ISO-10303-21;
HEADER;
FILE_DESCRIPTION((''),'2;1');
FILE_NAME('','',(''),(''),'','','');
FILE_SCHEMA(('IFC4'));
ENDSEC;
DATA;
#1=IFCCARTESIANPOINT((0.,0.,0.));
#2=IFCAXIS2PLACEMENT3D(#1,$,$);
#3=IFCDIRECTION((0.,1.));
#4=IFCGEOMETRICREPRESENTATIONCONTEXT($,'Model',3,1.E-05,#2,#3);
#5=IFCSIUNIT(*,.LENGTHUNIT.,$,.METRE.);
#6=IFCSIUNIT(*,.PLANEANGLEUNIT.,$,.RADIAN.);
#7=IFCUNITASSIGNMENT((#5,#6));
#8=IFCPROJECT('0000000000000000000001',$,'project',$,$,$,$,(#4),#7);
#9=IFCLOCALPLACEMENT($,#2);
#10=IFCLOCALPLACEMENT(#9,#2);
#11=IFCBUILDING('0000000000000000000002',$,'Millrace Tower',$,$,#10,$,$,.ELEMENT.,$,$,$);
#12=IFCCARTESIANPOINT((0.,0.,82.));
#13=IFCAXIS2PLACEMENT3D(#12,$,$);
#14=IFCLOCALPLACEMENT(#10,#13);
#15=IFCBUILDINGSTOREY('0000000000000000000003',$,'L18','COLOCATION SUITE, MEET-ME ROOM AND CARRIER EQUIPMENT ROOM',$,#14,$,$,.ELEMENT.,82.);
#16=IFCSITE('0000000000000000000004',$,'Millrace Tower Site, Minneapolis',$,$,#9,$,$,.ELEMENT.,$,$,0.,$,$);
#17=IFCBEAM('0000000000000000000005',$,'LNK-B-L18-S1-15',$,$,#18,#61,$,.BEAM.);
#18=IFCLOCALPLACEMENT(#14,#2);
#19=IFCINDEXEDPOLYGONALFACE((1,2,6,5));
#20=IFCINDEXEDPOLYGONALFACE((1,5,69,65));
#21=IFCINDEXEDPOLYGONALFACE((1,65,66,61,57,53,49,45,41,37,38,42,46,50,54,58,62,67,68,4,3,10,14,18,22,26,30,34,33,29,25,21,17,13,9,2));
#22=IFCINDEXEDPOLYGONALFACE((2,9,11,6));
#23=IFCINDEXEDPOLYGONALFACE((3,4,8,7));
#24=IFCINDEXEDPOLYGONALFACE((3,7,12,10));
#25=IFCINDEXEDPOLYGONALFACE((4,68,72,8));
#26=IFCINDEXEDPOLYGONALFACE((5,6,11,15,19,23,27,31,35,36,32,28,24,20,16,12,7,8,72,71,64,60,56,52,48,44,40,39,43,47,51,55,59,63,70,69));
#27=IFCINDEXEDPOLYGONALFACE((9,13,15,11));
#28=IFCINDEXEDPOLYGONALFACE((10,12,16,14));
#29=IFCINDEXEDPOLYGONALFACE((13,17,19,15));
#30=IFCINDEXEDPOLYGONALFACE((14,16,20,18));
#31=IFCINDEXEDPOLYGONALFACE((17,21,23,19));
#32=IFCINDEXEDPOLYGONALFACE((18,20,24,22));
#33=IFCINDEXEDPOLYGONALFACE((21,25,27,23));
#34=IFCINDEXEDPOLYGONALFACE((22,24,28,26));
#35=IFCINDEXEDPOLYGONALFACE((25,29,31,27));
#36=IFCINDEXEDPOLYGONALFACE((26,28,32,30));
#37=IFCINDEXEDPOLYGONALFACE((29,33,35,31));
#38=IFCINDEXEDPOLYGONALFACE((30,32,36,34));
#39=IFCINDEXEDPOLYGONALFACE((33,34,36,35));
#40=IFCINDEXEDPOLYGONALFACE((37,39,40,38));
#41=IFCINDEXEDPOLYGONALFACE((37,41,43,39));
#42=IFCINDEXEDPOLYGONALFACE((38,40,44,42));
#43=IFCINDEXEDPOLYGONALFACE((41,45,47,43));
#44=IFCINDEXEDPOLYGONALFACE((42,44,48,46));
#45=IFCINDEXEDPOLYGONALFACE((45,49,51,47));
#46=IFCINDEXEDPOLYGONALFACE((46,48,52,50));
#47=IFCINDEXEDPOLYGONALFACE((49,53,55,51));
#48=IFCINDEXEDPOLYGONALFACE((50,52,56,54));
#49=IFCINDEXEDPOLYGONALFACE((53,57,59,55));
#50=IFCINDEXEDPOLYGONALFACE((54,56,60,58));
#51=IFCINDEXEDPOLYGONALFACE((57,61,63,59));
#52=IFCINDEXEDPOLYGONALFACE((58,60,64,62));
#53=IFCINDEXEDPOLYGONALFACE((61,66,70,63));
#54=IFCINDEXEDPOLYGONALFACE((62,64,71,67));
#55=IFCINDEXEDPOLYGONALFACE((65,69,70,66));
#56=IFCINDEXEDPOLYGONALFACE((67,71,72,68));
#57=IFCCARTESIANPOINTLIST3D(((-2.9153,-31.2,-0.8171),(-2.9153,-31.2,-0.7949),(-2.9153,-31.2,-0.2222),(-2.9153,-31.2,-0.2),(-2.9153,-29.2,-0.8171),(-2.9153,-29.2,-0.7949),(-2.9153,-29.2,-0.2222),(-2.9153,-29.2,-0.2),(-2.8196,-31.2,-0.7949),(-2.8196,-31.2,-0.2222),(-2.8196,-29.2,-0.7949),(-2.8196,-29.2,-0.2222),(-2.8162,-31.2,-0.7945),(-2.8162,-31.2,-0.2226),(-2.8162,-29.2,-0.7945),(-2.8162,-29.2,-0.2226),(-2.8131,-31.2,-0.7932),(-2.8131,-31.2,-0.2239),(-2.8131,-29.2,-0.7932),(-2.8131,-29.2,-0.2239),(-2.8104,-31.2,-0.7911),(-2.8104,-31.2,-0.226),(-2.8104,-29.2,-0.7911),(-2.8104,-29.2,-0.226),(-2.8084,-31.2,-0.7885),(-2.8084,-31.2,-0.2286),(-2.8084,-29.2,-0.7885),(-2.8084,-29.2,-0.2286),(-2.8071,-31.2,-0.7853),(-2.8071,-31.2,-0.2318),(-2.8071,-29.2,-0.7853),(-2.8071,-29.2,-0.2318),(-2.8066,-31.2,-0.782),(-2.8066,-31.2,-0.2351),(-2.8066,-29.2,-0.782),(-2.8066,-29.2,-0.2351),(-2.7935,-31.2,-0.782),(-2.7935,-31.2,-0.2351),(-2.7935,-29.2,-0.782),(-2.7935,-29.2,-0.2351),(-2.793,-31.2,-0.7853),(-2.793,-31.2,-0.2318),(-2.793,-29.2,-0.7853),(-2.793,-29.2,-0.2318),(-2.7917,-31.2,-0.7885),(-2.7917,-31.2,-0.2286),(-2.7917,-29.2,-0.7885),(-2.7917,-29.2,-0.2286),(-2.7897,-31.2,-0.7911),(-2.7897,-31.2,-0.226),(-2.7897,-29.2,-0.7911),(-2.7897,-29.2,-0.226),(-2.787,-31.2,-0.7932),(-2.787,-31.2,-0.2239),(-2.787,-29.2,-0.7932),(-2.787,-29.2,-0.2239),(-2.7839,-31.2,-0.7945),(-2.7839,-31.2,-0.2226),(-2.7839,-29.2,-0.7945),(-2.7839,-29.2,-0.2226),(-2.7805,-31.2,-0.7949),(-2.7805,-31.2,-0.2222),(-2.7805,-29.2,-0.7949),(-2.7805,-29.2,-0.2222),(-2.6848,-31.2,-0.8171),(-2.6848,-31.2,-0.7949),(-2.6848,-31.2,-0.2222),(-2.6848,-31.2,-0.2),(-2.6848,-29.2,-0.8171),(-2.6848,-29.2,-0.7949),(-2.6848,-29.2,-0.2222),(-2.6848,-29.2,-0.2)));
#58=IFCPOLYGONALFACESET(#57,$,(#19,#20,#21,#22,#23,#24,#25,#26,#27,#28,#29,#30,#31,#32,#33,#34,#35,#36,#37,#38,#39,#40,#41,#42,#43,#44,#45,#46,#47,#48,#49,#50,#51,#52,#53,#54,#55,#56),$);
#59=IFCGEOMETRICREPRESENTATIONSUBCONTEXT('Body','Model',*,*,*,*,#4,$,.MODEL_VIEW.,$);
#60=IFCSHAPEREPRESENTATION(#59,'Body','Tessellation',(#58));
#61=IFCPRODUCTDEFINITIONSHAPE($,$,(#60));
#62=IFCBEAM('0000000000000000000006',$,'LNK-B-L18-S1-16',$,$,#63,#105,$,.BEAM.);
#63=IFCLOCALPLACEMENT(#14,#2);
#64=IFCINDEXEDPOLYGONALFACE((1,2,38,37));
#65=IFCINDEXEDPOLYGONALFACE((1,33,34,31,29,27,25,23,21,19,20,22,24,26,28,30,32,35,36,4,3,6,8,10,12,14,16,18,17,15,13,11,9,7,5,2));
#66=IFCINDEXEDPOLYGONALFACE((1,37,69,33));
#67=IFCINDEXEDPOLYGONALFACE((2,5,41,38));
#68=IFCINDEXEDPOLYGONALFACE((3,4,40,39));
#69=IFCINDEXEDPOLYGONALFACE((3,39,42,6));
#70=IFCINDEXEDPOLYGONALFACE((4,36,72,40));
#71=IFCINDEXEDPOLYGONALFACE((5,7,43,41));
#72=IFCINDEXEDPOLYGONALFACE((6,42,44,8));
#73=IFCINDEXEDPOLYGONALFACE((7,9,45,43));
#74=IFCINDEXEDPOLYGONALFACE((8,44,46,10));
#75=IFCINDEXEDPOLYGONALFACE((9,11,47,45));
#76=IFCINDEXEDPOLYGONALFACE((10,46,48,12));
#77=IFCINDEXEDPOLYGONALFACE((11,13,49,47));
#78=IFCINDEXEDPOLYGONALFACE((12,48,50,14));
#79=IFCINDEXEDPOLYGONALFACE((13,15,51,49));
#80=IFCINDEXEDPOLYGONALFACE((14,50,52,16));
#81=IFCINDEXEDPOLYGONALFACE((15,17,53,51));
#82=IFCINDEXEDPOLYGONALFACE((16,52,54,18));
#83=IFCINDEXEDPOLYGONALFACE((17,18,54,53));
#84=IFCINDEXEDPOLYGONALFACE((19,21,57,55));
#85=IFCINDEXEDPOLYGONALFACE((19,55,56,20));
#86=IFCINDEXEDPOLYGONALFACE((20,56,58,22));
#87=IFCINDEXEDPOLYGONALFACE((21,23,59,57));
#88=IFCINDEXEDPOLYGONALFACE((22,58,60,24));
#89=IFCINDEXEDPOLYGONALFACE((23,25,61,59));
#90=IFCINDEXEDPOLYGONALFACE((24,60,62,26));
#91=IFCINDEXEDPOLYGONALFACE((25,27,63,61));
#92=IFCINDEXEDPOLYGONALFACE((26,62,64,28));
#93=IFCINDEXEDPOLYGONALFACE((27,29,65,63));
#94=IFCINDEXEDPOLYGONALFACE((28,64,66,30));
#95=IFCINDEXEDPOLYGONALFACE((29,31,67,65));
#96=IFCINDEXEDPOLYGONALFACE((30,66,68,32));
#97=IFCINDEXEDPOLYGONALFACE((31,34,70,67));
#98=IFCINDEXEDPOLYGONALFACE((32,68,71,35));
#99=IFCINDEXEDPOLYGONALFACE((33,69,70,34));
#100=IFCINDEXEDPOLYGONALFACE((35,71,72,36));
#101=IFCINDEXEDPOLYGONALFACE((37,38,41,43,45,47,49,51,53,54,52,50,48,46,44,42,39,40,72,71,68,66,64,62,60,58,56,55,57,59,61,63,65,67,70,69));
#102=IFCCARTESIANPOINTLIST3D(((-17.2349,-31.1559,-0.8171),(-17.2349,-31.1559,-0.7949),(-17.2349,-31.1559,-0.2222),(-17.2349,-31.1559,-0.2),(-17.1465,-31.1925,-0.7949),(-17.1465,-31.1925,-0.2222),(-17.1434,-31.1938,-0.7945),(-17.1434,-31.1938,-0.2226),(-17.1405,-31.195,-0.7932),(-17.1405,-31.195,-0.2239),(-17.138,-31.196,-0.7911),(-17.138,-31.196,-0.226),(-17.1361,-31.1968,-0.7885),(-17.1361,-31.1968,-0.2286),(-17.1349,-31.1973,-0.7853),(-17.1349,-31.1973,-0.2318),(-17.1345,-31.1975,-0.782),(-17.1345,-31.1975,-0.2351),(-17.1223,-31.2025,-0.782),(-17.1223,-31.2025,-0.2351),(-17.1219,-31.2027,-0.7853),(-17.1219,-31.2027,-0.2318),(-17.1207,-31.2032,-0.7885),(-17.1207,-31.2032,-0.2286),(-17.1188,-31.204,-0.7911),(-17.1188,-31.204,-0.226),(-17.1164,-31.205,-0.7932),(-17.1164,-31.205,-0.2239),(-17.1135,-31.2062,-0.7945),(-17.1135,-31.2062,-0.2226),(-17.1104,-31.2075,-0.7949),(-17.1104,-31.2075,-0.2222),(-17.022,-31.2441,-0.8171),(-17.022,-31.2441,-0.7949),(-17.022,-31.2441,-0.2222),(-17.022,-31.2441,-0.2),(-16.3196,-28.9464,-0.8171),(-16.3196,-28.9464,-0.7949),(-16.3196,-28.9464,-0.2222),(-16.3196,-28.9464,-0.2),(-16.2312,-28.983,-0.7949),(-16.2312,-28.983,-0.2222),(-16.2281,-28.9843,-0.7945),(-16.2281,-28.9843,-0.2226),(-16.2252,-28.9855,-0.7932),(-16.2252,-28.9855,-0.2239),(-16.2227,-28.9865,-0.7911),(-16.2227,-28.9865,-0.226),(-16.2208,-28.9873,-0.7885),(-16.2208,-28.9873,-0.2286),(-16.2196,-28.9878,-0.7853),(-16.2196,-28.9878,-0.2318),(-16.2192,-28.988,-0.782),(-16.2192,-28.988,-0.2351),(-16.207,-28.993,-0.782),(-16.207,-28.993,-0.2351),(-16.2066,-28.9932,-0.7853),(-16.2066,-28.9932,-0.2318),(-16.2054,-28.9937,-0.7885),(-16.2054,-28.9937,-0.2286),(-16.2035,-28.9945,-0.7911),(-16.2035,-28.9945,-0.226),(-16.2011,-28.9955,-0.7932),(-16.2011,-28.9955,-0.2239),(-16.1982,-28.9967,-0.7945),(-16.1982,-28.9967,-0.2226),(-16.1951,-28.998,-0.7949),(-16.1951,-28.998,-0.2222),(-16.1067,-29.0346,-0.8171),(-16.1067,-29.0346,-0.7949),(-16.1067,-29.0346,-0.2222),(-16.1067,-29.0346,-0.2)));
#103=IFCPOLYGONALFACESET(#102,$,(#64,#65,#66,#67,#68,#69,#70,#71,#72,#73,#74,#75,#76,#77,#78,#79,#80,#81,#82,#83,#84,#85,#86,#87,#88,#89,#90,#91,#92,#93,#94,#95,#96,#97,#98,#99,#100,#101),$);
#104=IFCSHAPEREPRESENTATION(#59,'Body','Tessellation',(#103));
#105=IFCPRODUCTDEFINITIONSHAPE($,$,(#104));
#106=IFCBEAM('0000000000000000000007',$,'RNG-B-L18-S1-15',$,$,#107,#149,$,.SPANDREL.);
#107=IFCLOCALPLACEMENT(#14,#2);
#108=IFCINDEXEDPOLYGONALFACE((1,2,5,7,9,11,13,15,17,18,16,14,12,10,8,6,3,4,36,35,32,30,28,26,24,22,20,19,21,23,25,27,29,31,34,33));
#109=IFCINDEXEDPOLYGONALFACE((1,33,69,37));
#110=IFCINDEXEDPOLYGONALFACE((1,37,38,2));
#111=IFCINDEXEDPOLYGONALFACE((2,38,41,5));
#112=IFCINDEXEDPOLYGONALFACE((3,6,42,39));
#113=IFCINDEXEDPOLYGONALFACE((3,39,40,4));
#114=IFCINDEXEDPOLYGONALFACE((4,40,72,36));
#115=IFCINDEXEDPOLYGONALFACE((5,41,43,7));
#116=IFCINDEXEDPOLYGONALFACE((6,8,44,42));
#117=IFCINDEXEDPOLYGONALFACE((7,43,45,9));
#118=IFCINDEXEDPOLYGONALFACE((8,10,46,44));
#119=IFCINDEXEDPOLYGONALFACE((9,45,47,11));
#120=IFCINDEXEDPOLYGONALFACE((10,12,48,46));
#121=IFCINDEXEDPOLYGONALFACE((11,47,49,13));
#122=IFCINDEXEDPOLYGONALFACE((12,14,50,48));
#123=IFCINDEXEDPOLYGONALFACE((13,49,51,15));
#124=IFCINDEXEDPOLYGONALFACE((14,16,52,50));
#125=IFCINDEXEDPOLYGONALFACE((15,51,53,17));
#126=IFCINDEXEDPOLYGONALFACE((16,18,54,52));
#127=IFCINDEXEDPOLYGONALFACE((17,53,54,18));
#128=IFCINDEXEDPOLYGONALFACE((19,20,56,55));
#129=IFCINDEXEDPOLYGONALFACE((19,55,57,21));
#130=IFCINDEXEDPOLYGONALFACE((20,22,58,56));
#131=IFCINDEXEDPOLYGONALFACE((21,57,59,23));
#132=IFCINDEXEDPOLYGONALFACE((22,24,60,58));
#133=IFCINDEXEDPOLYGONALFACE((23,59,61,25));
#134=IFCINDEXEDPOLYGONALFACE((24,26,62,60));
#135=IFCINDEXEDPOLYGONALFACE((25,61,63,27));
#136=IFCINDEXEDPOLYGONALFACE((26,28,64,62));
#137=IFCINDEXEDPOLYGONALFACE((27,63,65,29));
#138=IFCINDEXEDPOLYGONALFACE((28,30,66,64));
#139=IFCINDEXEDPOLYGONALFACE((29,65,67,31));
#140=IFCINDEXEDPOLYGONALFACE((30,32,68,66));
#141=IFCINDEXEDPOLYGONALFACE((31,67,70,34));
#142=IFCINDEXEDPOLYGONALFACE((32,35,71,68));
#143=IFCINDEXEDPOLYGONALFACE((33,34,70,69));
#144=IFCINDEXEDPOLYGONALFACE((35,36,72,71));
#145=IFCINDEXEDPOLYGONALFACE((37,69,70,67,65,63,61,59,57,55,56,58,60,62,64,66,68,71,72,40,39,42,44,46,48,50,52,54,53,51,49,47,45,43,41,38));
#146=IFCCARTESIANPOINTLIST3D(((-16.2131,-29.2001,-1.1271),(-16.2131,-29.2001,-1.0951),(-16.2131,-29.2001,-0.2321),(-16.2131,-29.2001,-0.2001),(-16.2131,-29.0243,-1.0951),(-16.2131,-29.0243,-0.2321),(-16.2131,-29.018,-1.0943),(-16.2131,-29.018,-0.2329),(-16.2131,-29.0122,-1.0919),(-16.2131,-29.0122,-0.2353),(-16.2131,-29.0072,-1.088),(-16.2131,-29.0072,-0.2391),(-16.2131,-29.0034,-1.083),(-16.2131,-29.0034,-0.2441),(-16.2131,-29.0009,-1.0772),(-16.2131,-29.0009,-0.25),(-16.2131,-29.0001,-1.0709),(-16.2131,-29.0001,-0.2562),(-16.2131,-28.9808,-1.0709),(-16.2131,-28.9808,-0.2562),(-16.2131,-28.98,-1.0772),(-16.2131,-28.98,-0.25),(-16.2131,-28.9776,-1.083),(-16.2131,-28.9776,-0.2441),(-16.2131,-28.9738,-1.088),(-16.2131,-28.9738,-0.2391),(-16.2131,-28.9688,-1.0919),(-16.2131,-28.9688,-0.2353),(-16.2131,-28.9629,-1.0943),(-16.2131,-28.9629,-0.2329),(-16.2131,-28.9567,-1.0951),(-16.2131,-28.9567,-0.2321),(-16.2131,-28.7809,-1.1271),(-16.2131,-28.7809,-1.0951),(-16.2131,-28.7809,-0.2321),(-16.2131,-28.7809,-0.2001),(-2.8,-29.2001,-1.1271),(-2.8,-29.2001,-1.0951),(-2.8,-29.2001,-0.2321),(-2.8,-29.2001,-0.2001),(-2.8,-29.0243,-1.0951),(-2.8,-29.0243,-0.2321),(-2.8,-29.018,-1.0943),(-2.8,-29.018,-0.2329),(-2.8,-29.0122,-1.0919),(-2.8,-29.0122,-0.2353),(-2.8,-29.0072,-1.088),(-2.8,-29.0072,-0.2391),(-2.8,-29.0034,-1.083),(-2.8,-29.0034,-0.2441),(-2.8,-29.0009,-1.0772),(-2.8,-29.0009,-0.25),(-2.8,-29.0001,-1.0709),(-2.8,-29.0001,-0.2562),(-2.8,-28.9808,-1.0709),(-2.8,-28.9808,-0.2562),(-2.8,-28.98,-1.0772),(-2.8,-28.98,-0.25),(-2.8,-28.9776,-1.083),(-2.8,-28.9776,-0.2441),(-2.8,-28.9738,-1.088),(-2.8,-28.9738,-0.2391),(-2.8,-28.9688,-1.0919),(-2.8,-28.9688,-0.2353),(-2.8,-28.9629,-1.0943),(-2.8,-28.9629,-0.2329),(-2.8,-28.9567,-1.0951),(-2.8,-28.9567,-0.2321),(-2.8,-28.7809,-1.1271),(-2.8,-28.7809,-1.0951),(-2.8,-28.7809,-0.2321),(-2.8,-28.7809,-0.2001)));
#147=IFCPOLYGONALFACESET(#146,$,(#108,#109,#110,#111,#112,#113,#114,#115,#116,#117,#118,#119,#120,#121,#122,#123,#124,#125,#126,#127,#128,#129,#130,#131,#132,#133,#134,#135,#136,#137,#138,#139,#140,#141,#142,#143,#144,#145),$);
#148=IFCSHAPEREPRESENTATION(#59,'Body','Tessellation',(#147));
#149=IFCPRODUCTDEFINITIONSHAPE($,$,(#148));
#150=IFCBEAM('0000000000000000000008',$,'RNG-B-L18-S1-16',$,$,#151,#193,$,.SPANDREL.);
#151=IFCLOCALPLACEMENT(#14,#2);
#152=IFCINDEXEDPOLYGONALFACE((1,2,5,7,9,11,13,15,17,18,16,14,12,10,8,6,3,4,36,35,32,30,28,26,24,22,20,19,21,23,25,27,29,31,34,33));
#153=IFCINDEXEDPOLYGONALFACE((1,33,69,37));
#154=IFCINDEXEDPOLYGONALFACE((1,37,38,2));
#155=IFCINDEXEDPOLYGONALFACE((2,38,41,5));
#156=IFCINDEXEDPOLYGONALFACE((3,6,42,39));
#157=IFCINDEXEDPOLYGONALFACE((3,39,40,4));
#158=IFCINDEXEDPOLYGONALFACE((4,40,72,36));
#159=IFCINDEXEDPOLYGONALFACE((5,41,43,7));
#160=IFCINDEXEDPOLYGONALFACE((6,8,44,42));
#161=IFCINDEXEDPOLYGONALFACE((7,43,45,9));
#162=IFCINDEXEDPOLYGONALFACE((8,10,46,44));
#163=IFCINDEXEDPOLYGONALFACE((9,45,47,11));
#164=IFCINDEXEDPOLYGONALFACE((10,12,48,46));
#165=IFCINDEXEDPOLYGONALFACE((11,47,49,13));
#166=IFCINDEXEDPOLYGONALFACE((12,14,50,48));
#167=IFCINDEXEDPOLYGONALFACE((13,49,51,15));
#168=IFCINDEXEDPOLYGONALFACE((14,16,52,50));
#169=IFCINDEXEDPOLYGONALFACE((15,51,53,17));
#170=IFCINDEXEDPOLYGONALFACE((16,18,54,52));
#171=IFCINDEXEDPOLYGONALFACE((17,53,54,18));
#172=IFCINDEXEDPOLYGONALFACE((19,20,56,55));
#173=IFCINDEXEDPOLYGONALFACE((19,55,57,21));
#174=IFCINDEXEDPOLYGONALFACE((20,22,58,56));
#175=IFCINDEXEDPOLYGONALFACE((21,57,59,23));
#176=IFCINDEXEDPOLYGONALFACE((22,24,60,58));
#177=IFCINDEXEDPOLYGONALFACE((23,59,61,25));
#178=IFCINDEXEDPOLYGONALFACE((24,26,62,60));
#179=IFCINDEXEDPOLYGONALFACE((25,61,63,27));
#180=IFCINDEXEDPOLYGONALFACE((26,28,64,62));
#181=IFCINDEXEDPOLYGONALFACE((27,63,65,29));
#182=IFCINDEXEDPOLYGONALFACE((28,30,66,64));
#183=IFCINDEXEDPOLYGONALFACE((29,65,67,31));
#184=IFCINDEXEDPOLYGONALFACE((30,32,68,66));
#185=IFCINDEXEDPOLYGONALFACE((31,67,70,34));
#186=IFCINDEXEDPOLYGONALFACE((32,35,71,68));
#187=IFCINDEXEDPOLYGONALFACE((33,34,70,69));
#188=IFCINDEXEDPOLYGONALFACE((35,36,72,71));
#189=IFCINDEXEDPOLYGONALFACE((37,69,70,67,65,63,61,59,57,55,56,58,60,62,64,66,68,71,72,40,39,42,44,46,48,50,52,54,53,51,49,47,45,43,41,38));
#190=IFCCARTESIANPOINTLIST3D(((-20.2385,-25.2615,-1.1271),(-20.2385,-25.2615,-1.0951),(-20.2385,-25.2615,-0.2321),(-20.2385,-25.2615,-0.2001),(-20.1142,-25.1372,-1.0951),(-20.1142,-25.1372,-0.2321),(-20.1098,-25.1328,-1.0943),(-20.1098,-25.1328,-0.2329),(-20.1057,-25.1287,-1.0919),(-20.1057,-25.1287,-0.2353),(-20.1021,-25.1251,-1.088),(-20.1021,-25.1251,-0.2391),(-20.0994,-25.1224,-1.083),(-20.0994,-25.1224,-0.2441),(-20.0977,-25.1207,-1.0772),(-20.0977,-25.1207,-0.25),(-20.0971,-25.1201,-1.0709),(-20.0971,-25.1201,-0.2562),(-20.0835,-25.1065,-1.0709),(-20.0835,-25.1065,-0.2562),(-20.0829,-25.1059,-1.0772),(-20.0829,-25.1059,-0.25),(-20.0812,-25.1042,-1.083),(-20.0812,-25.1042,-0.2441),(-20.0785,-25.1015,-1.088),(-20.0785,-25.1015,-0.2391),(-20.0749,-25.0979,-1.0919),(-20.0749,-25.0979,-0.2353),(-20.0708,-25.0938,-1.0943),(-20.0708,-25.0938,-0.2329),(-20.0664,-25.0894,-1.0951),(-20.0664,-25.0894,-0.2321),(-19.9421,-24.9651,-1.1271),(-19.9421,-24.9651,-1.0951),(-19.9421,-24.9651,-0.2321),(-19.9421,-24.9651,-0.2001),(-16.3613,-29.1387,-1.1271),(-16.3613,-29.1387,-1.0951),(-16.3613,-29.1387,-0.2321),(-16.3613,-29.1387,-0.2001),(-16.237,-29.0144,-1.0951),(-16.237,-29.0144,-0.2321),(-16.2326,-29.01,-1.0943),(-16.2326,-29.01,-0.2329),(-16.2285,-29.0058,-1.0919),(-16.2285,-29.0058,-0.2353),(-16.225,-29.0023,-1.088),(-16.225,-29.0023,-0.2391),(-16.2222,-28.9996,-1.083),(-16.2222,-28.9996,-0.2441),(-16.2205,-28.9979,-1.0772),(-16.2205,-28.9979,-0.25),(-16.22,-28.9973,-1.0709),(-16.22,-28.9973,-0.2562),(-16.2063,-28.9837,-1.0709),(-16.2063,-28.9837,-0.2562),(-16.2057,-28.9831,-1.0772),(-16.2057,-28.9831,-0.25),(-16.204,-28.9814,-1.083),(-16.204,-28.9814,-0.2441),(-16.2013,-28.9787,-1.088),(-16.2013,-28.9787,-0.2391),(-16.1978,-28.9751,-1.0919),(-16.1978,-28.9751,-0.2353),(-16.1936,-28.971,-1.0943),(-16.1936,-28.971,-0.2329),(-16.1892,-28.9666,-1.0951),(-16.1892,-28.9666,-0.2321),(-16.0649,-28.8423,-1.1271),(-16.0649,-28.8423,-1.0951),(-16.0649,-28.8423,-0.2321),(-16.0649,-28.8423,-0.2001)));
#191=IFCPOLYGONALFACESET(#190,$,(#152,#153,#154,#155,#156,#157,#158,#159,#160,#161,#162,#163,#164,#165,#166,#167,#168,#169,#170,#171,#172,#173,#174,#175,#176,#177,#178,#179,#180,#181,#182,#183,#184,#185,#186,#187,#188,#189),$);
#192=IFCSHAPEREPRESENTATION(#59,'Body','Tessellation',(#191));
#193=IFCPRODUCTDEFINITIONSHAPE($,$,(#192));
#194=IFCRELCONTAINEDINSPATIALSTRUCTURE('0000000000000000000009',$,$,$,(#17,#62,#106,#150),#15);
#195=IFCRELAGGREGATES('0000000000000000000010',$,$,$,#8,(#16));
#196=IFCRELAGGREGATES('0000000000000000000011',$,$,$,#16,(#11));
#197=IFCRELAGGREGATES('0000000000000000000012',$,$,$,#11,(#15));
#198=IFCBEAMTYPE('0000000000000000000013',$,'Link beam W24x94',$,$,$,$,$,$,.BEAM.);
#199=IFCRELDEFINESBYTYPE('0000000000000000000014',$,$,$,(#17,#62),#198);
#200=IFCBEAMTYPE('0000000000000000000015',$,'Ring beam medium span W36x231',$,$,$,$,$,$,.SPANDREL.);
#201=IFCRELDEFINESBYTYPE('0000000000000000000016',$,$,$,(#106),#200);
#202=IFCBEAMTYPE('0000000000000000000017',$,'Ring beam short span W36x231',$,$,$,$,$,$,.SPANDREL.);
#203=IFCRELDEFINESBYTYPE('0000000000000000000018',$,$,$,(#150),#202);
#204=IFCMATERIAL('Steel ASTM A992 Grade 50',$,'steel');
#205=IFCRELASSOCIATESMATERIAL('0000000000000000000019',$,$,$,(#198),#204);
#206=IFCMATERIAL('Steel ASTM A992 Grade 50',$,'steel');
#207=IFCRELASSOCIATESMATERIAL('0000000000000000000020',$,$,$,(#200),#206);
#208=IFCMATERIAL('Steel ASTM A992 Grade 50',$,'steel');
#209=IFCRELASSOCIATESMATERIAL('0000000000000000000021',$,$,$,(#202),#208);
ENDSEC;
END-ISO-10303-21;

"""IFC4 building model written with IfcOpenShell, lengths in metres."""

from ifc_helpers import new_model, si_unit, direction, frame, origin, origin_2d, place, context, subcontext, project, spatial, i_section, extrude, material, material_profile, profile_set, type_object, element, save


model = new_model("IFC4")

# Units and contexts
model_context = context("Model", 3, precision=1e-05, world=origin(), true_north=direction((0.0, 1.0)))
body_context = subcontext(model_context, "Body", "Model", "MODEL_VIEW")
ifc_project = project(units=[si_unit("LENGTHUNIT", "METRE"), si_unit("PLANEANGLEUNIT", "RADIAN")], contexts=[model_context])

# Site, building, storey
site_placement = place(None, origin())
site = spatial("IfcSite", under=ifc_project, at=site_placement, Name="Millrace Tower Site, Minneapolis", CompositionType="ELEMENT", RefElevation=0.0)
building_placement = place(site_placement, origin())
building = spatial("IfcBuilding", under=site, at=building_placement, Name="Millrace Tower", CompositionType="ELEMENT")
storey_placement = place(building_placement, frame((0.0, 0.0, 82.0)))
storey = spatial("IfcBuildingStorey", under=building, at=storey_placement, Name="L18", Description="COLOCATION SUITE, MEET-ME ROOM AND CARRIER EQUIPMENT ROOM", CompositionType="ELEMENT", Elevation=82.0)

# Beams
ifc_material_1 = material(Name="Steel ASTM A992 Grade 50", Category="steel")
ifc_material_profile_1 = material_profile(ifc_material_1, i_section(OverallWidth=0.2305, OverallDepth=0.6172, WebThickness=0.0132, FlangeThickness=0.0222, FilletRadius=0.0129, at=origin_2d()))
ifc_profile_set_1 = profile_set([ifc_material_profile_1], Name="Steel ASTM A992 Grade 50")
beam_type_1 = type_object("IfcBeamType", Name="Link beam W24x94", PredefinedType="BEAM", material=ifc_profile_set_1)
beam_1_placement = place(storey_placement, frame((-2.8, -29.2, -0.5085), z_axis=(0.0, -1.0, 0.0), x_axis=(1.0, 0.0, 0.0)))
element("IfcBeam", 1, at=beam_1_placement, inside=storey, type_object=beam_type_1, Name="LNK-B-L18-S1-15", PredefinedType="BEAM", context=body_context, shape_type="SweptSolid", body=[
    extrude(i_section(OverallWidth=0.2305, OverallDepth=0.6172, WebThickness=0.0132, FlangeThickness=0.0222, FilletRadius=0.0129, at=origin_2d()), origin(), (0.0, 0.0, 1.0), 2.0),
])
beam_2_placement = place(storey_placement, frame((-16.2131, -28.9905, -0.5085), z_axis=(-0.382715, -0.923866, 0.0), x_axis=(0.923866, -0.382715, 0.0)))
element("IfcBeam", 2, at=beam_2_placement, inside=storey, type_object=beam_type_1, Name="LNK-B-L18-S1-16", PredefinedType="BEAM", context=body_context, shape_type="SweptSolid", body=[
    extrude(i_section(OverallWidth=0.2305, OverallDepth=0.6172, WebThickness=0.0132, FlangeThickness=0.0222, FilletRadius=0.0129, at=origin_2d()), origin(), (0.0, 0.0, 1.0), 2.3916),
])
ifc_material_2 = material(Name="Steel ASTM A992 Grade 50", Category="steel")
ifc_material_profile_2 = material_profile(ifc_material_2, i_section(OverallWidth=0.4192, OverallDepth=0.927, WebThickness=0.0193, FlangeThickness=0.032, FilletRadius=0.0242, at=origin_2d()))
ifc_profile_set_2 = profile_set([ifc_material_profile_2], Name="Steel ASTM A992 Grade 50")
beam_type_2 = type_object("IfcBeamType", Name="Ring beam medium span W36x231", PredefinedType="SPANDREL", material=ifc_profile_set_2)
beam_3_placement = place(storey_placement, frame((-2.8, -28.9905, -0.6636), z_axis=(-1.0, 0.0, 0.0), x_axis=(0.0, -1.0, 0.0)))
element("IfcBeam", 3, at=beam_3_placement, inside=storey, type_object=beam_type_2, Name="RNG-B-L18-S1-15", PredefinedType="SPANDREL", context=body_context, shape_type="SweptSolid", body=[
    extrude(i_section(OverallWidth=0.4192, OverallDepth=0.927, WebThickness=0.0193, FlangeThickness=0.032, FilletRadius=0.0242, at=origin_2d()), origin(), (0.0, 0.0, 1.0), 13.4131),
])
ifc_material_3 = material(Name="Steel ASTM A992 Grade 50", Category="steel")
ifc_material_profile_3 = material_profile(ifc_material_3, i_section(OverallWidth=0.4192, OverallDepth=0.927, WebThickness=0.0193, FlangeThickness=0.032, FilletRadius=0.0242, at=origin_2d()))
ifc_profile_set_3 = profile_set([ifc_material_profile_3], Name="Steel ASTM A992 Grade 50")
beam_type_3 = type_object("IfcBeamType", Name="Ring beam short span W36x231", PredefinedType="SPANDREL", material=ifc_profile_set_3)
beam_4_placement = place(storey_placement, frame((-16.2131, -28.9905, -0.6636), z_axis=(-0.707107, 0.707107, 0.0), x_axis=(-0.707107, -0.707107, 0.0)))
element("IfcBeam", 4, at=beam_4_placement, inside=storey, type_object=beam_type_3, Name="RNG-B-L18-S1-16", PredefinedType="SPANDREL", context=body_context, shape_type="SweptSolid", body=[
    extrude(i_section(OverallWidth=0.4192, OverallDepth=0.927, WebThickness=0.0193, FlangeThickness=0.032, FilletRadius=0.0242, at=origin_2d()), origin(), (0.0, 0.0, 1.0), 5.4832),
])

save(model, "model.ifc")
